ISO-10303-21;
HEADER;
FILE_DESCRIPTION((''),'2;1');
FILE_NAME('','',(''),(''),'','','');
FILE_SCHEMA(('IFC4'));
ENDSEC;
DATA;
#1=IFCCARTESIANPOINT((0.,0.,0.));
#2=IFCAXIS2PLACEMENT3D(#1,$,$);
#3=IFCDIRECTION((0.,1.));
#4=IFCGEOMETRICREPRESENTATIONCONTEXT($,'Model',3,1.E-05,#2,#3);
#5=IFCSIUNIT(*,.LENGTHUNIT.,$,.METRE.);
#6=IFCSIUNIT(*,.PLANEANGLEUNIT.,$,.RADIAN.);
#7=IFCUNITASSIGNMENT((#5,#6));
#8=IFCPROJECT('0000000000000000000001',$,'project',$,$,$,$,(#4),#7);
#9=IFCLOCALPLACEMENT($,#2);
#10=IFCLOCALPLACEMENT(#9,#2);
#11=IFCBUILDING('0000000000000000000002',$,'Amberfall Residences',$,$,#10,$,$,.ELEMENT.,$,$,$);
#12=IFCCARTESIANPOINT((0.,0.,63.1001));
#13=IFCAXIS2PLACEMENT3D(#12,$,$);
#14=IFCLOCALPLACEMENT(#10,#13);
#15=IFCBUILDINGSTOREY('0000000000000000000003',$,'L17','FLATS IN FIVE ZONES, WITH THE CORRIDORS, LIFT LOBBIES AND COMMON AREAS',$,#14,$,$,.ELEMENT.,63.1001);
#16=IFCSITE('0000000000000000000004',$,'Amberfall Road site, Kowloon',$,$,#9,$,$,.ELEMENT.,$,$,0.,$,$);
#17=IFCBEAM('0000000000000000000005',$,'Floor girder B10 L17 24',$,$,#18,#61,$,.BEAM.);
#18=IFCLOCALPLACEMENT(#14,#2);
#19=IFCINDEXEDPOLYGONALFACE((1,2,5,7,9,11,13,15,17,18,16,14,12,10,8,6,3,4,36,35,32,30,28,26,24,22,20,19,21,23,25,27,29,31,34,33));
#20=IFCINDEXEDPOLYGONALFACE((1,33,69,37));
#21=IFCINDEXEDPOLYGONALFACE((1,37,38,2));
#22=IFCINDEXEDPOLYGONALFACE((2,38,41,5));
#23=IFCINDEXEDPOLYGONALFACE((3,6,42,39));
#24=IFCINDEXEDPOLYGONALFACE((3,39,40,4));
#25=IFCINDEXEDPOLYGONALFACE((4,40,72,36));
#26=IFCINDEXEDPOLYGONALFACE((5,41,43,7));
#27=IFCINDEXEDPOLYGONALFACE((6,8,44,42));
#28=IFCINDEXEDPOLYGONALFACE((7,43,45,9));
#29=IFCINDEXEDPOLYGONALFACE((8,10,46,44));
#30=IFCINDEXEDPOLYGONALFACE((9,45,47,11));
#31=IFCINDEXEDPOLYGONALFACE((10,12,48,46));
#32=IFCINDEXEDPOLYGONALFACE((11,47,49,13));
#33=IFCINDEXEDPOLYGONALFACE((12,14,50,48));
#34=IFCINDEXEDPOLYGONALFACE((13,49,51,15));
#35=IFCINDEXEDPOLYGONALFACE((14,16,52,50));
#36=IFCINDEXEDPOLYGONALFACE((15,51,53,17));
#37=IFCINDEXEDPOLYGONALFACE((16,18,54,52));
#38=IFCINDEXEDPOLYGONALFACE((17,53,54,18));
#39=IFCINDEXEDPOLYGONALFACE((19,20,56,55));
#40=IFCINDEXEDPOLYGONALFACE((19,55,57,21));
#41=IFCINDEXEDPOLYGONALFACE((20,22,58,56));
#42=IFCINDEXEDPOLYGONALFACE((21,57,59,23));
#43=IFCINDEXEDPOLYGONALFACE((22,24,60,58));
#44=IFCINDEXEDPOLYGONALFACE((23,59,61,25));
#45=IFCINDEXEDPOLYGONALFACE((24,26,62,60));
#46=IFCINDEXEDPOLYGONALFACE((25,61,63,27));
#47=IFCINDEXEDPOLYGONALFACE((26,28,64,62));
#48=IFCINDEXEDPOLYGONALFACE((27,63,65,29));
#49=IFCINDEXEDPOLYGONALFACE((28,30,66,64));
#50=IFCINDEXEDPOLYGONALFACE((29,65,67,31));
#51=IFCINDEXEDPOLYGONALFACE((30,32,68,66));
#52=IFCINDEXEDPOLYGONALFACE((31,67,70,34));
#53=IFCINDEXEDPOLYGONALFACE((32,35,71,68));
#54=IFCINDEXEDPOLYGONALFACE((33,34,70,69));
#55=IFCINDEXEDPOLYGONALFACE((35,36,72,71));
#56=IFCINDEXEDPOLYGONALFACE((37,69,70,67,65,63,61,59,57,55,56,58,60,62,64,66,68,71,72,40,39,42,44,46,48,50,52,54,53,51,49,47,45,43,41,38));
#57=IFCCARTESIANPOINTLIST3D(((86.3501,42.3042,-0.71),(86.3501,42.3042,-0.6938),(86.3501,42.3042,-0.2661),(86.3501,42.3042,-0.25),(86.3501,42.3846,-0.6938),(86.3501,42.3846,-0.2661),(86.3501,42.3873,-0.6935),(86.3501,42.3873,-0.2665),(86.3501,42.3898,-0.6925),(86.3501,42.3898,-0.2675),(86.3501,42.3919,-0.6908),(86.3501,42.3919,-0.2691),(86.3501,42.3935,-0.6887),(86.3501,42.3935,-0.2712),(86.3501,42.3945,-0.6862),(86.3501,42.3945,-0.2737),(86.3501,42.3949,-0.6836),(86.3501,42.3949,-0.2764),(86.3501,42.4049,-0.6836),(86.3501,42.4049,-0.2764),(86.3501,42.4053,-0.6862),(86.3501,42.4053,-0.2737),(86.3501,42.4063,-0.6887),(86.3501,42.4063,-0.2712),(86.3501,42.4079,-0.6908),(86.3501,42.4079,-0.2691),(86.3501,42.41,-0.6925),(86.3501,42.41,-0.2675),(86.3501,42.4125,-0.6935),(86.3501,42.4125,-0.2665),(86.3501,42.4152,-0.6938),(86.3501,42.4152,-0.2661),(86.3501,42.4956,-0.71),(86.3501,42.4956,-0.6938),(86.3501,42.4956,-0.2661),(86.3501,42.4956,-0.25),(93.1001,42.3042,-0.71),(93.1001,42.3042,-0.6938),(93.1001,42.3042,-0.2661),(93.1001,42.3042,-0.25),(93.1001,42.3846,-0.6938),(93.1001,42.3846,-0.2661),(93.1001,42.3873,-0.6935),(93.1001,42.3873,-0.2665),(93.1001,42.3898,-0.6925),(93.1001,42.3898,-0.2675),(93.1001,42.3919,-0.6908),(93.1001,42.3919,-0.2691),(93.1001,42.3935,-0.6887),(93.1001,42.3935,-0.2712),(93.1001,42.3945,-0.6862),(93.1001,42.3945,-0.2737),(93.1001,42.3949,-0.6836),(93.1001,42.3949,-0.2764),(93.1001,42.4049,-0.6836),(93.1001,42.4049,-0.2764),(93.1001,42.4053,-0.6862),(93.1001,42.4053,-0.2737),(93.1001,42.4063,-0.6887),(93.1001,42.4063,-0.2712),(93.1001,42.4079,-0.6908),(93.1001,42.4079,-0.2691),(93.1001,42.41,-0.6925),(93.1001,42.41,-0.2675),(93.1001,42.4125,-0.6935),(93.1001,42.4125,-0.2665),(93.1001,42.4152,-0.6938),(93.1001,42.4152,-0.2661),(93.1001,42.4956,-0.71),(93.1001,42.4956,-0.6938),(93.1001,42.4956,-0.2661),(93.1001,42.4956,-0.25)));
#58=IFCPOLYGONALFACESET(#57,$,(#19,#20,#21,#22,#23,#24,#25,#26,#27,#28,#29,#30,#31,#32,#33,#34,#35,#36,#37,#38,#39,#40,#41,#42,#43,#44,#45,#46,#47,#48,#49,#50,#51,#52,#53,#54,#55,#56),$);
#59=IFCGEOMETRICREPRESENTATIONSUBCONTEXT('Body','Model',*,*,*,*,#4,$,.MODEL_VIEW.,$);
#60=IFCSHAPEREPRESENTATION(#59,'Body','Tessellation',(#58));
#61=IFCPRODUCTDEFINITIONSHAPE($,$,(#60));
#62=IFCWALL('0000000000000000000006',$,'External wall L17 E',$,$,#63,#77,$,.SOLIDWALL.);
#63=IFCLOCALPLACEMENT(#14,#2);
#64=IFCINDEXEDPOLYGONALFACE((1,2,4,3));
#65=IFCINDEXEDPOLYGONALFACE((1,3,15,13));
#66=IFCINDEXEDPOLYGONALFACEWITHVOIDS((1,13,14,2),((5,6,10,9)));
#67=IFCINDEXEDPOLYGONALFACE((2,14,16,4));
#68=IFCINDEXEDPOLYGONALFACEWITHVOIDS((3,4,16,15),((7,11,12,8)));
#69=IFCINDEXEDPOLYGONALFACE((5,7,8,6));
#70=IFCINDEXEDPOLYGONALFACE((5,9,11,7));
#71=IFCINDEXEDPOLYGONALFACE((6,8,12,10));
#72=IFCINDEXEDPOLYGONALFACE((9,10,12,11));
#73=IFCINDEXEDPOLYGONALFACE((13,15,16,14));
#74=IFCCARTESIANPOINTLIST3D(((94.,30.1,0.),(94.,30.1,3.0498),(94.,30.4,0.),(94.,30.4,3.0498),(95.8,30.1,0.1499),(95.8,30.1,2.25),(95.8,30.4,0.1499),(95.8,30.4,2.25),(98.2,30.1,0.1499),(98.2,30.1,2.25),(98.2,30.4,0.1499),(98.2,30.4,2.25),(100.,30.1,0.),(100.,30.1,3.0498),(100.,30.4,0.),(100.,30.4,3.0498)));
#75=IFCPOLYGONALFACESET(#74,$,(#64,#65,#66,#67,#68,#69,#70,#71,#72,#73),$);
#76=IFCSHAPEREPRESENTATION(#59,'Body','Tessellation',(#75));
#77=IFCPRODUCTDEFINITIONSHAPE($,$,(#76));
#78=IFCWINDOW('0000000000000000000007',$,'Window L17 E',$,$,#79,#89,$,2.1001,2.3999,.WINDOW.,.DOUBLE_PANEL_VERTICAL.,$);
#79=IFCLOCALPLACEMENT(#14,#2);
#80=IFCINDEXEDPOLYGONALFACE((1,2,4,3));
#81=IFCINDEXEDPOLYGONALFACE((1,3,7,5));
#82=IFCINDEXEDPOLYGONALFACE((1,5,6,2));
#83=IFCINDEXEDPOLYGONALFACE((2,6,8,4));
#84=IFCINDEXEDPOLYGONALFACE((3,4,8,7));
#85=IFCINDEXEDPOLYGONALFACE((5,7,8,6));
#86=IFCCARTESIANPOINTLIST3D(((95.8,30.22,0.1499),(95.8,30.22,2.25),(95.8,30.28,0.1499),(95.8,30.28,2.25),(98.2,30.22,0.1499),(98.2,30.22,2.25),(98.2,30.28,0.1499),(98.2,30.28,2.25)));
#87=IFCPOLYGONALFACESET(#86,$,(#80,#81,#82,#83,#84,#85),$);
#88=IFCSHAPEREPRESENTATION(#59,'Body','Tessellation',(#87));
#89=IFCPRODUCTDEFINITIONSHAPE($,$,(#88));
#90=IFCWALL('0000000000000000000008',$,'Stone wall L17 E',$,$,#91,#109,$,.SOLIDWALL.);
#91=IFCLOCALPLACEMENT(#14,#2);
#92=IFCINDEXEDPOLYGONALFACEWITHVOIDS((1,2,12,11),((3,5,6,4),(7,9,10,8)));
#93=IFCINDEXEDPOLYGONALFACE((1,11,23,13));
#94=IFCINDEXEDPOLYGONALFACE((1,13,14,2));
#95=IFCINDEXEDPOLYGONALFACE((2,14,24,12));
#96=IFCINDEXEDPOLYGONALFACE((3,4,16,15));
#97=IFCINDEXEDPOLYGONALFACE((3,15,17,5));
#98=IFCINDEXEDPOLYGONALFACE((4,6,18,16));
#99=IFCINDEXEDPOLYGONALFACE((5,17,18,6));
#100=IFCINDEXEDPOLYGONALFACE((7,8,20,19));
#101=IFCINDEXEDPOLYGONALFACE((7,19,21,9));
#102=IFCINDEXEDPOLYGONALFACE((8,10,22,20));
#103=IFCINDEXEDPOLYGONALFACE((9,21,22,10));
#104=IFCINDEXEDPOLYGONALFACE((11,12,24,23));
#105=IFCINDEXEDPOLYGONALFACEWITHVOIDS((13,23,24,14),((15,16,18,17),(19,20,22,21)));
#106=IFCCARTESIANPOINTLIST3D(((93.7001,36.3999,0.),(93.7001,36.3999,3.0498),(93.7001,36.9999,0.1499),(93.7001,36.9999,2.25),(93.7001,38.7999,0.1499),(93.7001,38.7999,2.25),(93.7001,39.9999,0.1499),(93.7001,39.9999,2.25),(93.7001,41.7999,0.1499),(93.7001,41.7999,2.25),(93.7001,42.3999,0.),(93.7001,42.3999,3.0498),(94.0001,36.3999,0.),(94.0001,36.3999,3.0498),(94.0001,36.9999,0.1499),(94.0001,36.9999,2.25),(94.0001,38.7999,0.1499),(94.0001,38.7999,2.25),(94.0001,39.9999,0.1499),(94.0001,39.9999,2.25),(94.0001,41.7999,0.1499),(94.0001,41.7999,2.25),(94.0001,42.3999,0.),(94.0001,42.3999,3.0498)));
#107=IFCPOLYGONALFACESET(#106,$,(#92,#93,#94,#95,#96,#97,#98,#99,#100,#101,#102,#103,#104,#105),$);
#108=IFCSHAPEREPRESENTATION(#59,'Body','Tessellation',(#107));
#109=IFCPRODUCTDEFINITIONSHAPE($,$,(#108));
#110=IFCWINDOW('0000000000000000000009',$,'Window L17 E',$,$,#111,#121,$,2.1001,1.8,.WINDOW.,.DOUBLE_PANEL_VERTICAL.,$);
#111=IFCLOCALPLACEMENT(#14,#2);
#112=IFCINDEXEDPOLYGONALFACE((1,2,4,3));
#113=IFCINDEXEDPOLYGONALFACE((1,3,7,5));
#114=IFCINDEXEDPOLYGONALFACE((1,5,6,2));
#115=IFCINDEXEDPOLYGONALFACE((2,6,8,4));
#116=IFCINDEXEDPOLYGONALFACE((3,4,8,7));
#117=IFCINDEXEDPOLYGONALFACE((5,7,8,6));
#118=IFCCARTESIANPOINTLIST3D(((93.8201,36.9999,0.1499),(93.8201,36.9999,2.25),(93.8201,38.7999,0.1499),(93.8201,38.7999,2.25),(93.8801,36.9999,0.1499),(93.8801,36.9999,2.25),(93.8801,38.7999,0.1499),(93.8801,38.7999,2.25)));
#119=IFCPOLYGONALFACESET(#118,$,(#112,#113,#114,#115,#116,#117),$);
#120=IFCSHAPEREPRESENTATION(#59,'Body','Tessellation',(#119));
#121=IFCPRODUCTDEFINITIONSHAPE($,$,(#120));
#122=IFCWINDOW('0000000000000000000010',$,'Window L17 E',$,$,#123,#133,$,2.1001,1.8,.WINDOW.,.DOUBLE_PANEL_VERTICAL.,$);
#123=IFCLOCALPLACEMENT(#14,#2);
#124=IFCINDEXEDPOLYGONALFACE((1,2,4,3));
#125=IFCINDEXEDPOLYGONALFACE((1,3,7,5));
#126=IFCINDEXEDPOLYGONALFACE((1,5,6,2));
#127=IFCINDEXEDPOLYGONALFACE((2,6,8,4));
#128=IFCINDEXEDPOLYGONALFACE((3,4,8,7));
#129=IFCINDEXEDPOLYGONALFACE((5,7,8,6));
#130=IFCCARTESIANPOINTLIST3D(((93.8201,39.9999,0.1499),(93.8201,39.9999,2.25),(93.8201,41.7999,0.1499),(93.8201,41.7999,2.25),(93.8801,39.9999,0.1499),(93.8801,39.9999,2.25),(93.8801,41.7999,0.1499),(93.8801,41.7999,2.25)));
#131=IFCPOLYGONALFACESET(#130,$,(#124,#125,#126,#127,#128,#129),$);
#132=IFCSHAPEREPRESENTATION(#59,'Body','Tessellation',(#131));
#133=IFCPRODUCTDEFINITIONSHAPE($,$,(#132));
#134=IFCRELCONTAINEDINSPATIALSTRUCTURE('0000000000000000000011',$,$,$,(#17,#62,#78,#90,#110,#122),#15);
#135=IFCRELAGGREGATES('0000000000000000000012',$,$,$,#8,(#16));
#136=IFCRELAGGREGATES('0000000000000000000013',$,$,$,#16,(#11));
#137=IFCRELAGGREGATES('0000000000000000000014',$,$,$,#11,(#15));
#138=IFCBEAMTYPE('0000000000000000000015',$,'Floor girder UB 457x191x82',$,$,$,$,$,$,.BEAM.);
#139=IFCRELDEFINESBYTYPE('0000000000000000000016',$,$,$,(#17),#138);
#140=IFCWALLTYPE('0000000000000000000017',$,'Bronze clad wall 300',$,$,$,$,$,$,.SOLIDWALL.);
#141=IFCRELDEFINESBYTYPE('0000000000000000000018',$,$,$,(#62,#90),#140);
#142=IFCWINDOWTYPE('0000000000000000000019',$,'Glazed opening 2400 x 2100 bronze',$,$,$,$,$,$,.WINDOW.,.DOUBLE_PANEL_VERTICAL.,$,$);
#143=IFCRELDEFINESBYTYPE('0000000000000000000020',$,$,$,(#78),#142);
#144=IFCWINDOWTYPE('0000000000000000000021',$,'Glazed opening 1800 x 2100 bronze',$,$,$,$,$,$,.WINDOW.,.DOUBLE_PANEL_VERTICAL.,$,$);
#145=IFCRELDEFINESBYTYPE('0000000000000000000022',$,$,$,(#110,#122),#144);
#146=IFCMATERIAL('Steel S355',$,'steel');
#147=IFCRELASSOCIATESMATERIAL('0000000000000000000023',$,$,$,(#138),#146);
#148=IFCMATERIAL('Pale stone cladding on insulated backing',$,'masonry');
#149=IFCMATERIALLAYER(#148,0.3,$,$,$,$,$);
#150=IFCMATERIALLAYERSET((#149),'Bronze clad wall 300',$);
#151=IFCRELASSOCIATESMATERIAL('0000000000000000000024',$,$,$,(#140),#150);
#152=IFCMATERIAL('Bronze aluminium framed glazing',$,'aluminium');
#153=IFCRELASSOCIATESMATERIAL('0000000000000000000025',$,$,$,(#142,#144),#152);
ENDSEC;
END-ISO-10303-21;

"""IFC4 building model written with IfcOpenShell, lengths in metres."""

from ifc_helpers import new_model, si_unit, direction, frame, frame_2d, origin, origin_2d, place, context, subcontext, project, spatial, rectangle, i_section, extrude, material, layer, layer_set, material_profile, profile_set, type_object, element, fill, save


model = new_model("IFC4")

# Units and contexts
model_context = context("Model", 3, precision=1e-05, world=origin(), true_north=direction((0.0, 1.0)))
body_context = subcontext(model_context, "Body", "Model", "MODEL_VIEW")
ifc_project = project(units=[si_unit("LENGTHUNIT", "METRE"), si_unit("PLANEANGLEUNIT", "RADIAN")], contexts=[model_context])

# Site, building, storey
site_placement = place(None, origin())
site = spatial("IfcSite", under=ifc_project, at=site_placement, Name="Amberfall Road site, Kowloon", CompositionType="ELEMENT", RefElevation=0.0)
building_placement = place(site_placement, origin())
building = spatial("IfcBuilding", under=site, at=building_placement, Name="Amberfall Residences", CompositionType="ELEMENT")
storey_placement = place(building_placement, frame((0.0, 0.0, 63.1001)))
storey = spatial("IfcBuildingStorey", under=building, at=storey_placement, Name="L17", Description="FLATS IN FIVE ZONES, WITH THE CORRIDORS, LIFT LOBBIES AND COMMON AREAS", CompositionType="ELEMENT", Elevation=63.1001)

# Beam
ifc_material_1 = material(Name="Steel S355", Category="steel")
ifc_material_profile_1 = material_profile(ifc_material_1, i_section(OverallWidth=0.1914, OverallDepth=0.46, WebThickness=0.01, FlangeThickness=0.0161, FilletRadius=0.0103, at=origin_2d()), Name="UB 457x191x82")
ifc_profile_set_1 = profile_set([ifc_material_profile_1], Name="Steel S355")
beam_type_1 = type_object("IfcBeamType", Name="Floor girder UB 457x191x82", PredefinedType="BEAM", material=ifc_profile_set_1)
beam_1_placement = place(storey_placement, frame((93.1001, 42.3999, -0.48), z_axis=(-1.0, 0.0, 0.0), x_axis=(0.0, -1.0, 0.0)))
element("IfcBeam", 1, at=beam_1_placement, inside=storey, type_object=beam_type_1, Name="Floor girder B10 L17 24", PredefinedType="BEAM", context=body_context, shape_type="SweptSolid", body=[
    extrude(i_section(OverallWidth=0.1914, OverallDepth=0.46, WebThickness=0.01, FlangeThickness=0.0161, FilletRadius=0.0103, at=origin_2d()), origin(), (0.0, 0.0, 1.0), 6.75),
])

# Wall, opening, window
ifc_material_2 = material(Name="Pale stone cladding on insulated backing", Category="masonry")
ifc_layer_1 = layer(ifc_material_2, 0.3)
ifc_layer_set_1 = layer_set([ifc_layer_1], Name="Bronze clad wall 300")
wall_type_1 = type_object("IfcWallType", Name="Bronze clad wall 300", PredefinedType="SOLIDWALL", material=ifc_layer_set_1)
wall_1_placement = place(storey_placement, frame((100.0, 30.25, 0.0), z_axis=(0.0, 0.0, 1.0), x_axis=(-1.0, 0.0, 0.0)))
wall_1 = element("IfcWall", 2, at=wall_1_placement, inside=storey, type_object=wall_type_1, Name="External wall L17 E", PredefinedType="SOLIDWALL", context=body_context, shape_type="SweptSolid", body=[
    extrude(rectangle(XDim=6.0, YDim=0.3, at=frame_2d((3.0, 0.0))), origin(), (0.0, 0.0, 1.0), 3.0498),
])
opening_1_placement = place(wall_1_placement, frame((1.8, 0.0, 0.1499)))
opening_1 = element("IfcOpeningElement", 3, at=opening_1_placement, cuts=wall_1, PredefinedType="OPENING", context=body_context, shape_type="SweptSolid", body=[
    extrude(rectangle(XDim=2.3999, YDim=2.1001, at=frame_2d((1.2, 1.05))), frame((0.0, 0.1599, 0.0), z_axis=(0.0, -1.0, 0.0), x_axis=(1.0, 0.0, 0.0)), (0.0, 0.0, 1.0), 0.3201),
])
ifc_material_3 = material(Name="Bronze aluminium framed glazing", Category="aluminium")
window_type_1 = type_object("IfcWindowType", Name="Glazed opening 2400 x 2100 bronze", PartitioningType="DOUBLE_PANEL_VERTICAL", PredefinedType="WINDOW", material=ifc_material_3)
window_1_placement = place(opening_1_placement, origin())
window_1 = element("IfcWindow", 4, at=window_1_placement, inside=storey, type_object=window_type_1, Name="Window L17 E", OverallHeight=2.1001, OverallWidth=2.3999, PartitioningType="DOUBLE_PANEL_VERTICAL", PredefinedType="WINDOW", context=body_context, shape_type="SweptSolid", body=[
    extrude(rectangle(XDim=2.3999, YDim=2.1001, at=frame_2d((1.2, 1.05))), frame((0.0, 0.03, 0.0), z_axis=(0.0, -1.0, 0.0), x_axis=(1.0, 0.0, 0.0)), (0.0, 0.0, 1.0), 0.0601),
])
fill(opening_1, window_1)

# Wall, openings, windows
wall_2_placement = place(storey_placement, frame((93.8501, 36.3999, 0.0), z_axis=(0.0, 0.0, 1.0), x_axis=(0.0, 1.0, 0.0)))
wall_2 = element("IfcWall", 5, at=wall_2_placement, inside=storey, type_object=wall_type_1, Name="Stone wall L17 E", PredefinedType="SOLIDWALL", context=body_context, shape_type="SweptSolid", body=[
    extrude(rectangle(XDim=6.0, YDim=0.3, at=frame_2d((3.0, 0.0))), origin(), (0.0, 0.0, 1.0), 3.0498),
])
opening_2_placement = place(wall_2_placement, frame((0.6001, 0.0, 0.1499)))
opening_2 = element("IfcOpeningElement", 6, at=opening_2_placement, cuts=wall_2, PredefinedType="OPENING", context=body_context, shape_type="SweptSolid", body=[
    extrude(rectangle(XDim=1.8, YDim=2.1001, at=frame_2d((0.8999, 1.05))), frame((0.0, 0.1599, 0.0), z_axis=(0.0, -1.0, 0.0), x_axis=(1.0, 0.0, 0.0)), (0.0, 0.0, 1.0), 0.3201),
])
opening_3_placement = place(wall_2_placement, frame((3.6001, 0.0, 0.1499)))
opening_3 = element("IfcOpeningElement", 7, at=opening_3_placement, cuts=wall_2, PredefinedType="OPENING", context=body_context, shape_type="SweptSolid", body=[
    extrude(rectangle(XDim=1.8, YDim=2.1001, at=frame_2d((0.8999, 1.05))), frame((0.0, 0.1599, 0.0), z_axis=(0.0, -1.0, 0.0), x_axis=(1.0, 0.0, 0.0)), (0.0, 0.0, 1.0), 0.3201),
])
window_type_2 = type_object("IfcWindowType", Name="Glazed opening 1800 x 2100 bronze", PartitioningType="DOUBLE_PANEL_VERTICAL", PredefinedType="WINDOW", material=ifc_material_3)
window_2_placement = place(opening_2_placement, origin())
window_2 = element("IfcWindow", 8, at=window_2_placement, inside=storey, type_object=window_type_2, Name="Window L17 E", OverallHeight=2.1001, OverallWidth=1.8, PartitioningType="DOUBLE_PANEL_VERTICAL", PredefinedType="WINDOW", context=body_context, shape_type="SweptSolid", body=[
    extrude(rectangle(XDim=1.8, YDim=2.1001, at=frame_2d((0.8999, 1.05))), frame((0.0, 0.03, 0.0), z_axis=(0.0, -1.0, 0.0), x_axis=(1.0, 0.0, 0.0)), (0.0, 0.0, 1.0), 0.0601),
])
fill(opening_2, window_2)
window_3_placement = place(opening_3_placement, origin())
window_3 = element("IfcWindow", 9, at=window_3_placement, inside=storey, type_object=window_type_2, Name="Window L17 E", OverallHeight=2.1001, OverallWidth=1.8, PartitioningType="DOUBLE_PANEL_VERTICAL", PredefinedType="WINDOW", context=body_context, shape_type="SweptSolid", body=[
    extrude(rectangle(XDim=1.8, YDim=2.1001, at=frame_2d((0.8999, 1.05))), frame((0.0, 0.03, 0.0), z_axis=(0.0, -1.0, 0.0), x_axis=(1.0, 0.0, 0.0)), (0.0, 0.0, 1.0), 0.0601),
])
fill(opening_3, window_3)

save(model, "model.ifc")
